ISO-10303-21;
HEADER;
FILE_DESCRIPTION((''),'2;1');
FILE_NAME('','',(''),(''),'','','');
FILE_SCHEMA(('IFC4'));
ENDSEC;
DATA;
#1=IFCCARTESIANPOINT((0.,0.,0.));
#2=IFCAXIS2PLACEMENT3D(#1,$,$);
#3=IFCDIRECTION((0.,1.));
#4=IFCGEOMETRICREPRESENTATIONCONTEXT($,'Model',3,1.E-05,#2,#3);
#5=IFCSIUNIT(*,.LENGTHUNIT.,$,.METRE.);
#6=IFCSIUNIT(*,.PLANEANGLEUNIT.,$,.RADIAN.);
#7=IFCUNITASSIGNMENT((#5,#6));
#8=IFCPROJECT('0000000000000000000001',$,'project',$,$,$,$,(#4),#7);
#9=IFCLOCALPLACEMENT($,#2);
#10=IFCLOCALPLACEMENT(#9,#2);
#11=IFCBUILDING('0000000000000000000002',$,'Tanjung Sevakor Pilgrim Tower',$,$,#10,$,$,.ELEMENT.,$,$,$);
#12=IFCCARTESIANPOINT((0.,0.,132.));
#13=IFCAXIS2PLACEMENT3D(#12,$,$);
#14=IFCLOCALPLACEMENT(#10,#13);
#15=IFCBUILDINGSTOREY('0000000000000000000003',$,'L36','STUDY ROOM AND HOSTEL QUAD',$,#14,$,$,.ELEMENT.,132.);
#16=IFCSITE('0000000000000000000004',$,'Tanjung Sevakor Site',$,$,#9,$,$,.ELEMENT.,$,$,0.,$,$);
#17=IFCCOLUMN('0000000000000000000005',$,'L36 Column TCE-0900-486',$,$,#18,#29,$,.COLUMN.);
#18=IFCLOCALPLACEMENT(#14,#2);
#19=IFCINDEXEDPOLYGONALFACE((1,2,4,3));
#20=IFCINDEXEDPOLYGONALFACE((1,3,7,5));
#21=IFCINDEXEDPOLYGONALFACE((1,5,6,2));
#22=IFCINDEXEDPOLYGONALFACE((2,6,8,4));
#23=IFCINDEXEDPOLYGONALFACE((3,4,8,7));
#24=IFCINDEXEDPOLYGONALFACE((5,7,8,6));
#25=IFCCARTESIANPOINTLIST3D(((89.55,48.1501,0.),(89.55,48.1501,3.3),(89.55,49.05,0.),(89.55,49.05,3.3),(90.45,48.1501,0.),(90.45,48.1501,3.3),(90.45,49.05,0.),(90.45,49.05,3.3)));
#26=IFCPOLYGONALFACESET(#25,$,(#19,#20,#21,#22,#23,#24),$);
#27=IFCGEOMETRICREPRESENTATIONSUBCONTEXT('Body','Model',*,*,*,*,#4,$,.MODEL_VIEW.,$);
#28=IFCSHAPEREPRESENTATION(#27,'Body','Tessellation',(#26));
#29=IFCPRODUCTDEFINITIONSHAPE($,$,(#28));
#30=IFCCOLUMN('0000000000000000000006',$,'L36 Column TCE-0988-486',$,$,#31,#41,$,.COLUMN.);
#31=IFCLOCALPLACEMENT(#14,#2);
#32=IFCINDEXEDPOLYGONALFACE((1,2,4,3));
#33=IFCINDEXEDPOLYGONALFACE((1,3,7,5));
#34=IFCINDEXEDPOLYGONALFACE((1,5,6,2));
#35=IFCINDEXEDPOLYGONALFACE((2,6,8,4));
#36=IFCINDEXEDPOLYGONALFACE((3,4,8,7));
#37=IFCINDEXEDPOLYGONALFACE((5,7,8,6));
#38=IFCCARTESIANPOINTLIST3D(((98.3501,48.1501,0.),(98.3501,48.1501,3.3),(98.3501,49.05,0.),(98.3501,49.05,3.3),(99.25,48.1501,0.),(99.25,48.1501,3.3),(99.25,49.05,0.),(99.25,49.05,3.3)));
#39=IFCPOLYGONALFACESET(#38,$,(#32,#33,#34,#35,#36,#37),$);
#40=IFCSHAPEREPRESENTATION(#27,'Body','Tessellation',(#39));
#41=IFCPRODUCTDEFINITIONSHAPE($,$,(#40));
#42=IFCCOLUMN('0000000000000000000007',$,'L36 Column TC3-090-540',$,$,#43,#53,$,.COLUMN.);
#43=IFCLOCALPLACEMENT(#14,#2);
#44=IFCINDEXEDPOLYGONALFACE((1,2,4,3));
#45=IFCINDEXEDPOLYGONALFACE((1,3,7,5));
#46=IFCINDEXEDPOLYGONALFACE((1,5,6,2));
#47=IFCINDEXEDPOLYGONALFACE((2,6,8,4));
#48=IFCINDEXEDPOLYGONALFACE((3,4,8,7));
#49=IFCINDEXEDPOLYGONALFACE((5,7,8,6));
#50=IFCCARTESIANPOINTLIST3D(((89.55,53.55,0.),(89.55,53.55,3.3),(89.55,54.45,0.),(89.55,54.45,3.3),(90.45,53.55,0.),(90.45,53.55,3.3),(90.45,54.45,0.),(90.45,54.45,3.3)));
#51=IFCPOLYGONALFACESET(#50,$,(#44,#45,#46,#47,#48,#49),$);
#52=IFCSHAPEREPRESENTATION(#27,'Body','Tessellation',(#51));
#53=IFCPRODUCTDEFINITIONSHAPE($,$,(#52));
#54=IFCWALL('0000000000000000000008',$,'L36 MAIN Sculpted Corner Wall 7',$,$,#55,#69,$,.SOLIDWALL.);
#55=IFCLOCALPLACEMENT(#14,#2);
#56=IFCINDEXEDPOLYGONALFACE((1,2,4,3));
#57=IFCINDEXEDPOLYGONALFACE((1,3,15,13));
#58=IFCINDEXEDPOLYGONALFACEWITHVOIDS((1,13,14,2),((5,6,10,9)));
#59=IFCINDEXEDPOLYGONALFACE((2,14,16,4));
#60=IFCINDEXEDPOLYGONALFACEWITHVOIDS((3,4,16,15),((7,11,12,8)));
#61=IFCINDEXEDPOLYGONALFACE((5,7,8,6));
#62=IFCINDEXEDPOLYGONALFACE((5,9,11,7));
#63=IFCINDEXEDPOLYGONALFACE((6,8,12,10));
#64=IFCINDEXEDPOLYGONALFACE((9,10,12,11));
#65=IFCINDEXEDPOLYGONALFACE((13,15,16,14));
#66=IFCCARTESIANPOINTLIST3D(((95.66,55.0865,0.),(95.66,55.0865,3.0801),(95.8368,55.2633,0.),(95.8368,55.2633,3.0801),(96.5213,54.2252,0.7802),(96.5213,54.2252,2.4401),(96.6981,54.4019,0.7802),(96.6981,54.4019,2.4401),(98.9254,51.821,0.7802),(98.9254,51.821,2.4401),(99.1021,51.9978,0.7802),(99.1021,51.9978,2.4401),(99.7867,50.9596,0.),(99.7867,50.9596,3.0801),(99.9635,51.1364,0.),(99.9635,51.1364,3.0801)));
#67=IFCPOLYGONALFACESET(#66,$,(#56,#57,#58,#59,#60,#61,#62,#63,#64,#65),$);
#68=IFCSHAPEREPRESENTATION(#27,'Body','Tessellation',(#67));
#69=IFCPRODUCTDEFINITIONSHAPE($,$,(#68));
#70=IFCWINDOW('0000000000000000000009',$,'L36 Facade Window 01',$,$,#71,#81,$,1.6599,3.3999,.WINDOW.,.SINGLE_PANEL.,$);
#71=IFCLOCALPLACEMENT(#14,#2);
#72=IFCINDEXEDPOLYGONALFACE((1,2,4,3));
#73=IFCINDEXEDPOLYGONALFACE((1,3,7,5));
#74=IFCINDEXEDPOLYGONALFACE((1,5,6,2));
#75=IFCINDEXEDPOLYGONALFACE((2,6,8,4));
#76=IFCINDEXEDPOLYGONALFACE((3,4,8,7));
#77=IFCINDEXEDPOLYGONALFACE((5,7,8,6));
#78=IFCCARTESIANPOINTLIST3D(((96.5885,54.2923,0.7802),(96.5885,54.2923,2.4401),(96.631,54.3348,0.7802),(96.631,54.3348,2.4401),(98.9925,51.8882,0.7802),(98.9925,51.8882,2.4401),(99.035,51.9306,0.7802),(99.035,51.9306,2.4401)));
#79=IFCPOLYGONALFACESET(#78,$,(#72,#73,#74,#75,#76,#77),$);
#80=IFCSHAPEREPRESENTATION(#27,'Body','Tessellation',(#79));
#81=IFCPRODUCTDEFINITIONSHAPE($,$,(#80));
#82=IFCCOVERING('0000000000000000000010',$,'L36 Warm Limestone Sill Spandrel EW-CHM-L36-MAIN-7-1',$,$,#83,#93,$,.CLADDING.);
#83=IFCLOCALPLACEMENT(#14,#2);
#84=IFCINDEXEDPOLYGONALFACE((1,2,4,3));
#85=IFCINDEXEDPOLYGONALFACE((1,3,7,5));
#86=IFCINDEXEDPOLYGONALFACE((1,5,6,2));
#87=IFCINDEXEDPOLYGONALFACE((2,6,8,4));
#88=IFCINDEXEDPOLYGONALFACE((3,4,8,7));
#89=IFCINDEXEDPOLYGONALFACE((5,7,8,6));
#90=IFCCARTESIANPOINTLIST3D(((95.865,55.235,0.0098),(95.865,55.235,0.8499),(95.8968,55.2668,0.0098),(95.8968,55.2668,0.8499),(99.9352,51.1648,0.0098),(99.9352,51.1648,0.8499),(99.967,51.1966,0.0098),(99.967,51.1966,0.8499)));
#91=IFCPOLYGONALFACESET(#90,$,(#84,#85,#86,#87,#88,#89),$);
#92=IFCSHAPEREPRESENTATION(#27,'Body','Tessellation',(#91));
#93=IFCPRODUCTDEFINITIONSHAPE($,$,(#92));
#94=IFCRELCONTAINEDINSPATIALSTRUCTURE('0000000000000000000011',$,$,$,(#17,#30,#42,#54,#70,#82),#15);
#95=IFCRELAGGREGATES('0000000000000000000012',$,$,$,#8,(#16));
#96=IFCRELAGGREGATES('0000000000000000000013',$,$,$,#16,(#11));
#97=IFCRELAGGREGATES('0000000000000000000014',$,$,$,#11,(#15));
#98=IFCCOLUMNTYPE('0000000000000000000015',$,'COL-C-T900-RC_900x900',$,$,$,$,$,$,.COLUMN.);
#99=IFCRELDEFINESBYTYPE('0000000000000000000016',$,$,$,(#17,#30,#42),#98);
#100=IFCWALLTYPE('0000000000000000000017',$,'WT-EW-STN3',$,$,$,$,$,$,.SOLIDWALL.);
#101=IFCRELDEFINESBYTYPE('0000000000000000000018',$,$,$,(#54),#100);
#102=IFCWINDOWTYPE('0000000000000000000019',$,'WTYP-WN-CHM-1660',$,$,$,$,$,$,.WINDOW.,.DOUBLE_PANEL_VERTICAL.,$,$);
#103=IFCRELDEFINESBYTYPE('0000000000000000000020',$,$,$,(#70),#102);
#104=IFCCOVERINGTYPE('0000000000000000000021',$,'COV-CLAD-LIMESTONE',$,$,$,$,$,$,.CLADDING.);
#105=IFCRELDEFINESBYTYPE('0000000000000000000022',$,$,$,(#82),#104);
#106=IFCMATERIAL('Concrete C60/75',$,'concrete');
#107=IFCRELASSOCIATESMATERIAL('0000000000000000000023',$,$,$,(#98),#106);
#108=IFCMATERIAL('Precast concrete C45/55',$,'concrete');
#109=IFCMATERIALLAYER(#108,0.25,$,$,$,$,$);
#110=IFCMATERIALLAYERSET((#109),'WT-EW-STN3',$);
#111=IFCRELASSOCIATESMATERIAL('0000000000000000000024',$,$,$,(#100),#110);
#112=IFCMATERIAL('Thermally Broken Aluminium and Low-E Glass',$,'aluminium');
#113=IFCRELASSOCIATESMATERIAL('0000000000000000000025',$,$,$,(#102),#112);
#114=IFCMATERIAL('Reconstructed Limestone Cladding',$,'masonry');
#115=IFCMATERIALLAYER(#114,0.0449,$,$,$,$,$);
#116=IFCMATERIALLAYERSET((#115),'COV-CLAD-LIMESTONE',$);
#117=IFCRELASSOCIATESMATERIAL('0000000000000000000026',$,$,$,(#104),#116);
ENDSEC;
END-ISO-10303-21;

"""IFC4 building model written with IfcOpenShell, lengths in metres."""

from ifc_helpers import new_model, si_unit, direction, frame, frame_2d, origin, origin_2d, place, context, subcontext, project, spatial, rectangle, extrude, material, layer, layer_set, material_profile, profile_set, type_object, element, fill, save


model = new_model("IFC4")

# Units and contexts
model_context = context("Model", 3, precision=1e-05, world=origin(), true_north=direction((0.0, 1.0)))
body_context = subcontext(model_context, "Body", "Model", "MODEL_VIEW")
ifc_project = project(units=[si_unit("LENGTHUNIT", "METRE"), si_unit("PLANEANGLEUNIT", "RADIAN")], contexts=[model_context])

# Site, building, storey
site_placement = place(None, origin())
site = spatial("IfcSite", under=ifc_project, at=site_placement, Name="Tanjung Sevakor Site", CompositionType="ELEMENT", RefElevation=0.0)
building_placement = place(site_placement, origin())
building = spatial("IfcBuilding", under=site, at=building_placement, Name="Tanjung Sevakor Pilgrim Tower", CompositionType="ELEMENT")
storey_placement = place(building_placement, frame((0.0, 0.0, 132.0)))
storey = spatial("IfcBuildingStorey", under=building, at=storey_placement, Name="L36", Description="STUDY ROOM AND HOSTEL QUAD", CompositionType="ELEMENT", Elevation=132.0)

# Columns
ifc_material_1 = material(Name="Concrete C60/75", Category="concrete")
ifc_material_profile = material_profile(ifc_material_1, rectangle(XDim=0.8999, YDim=0.8999, at=origin_2d()))
ifc_profile_set = profile_set([ifc_material_profile], Name="Concrete C60/75")
column_type = type_object("IfcColumnType", Name="COL-C-T900-RC_900x900", PredefinedType="COLUMN", material=ifc_profile_set)
for number, where, z_axis, x_axis, name in (
    (1, (90.0, 48.6001, 0.0), (0.0, 0.0, 1.0), (1.0, 0.0, 0.0), "L36 Column TCE-0900-486"),
    (2, (98.8, 48.6001, 0.0), (0.0, 0.0, 1.0), (1.0, 0.0, 0.0), "L36 Column TCE-0988-486"),
    (3, (90.0, 54.0, 0.0), (0.0, 0.0, 1.0), (1.0, 0.0, 0.0), "L36 Column TC3-090-540"),
):
    element("IfcColumn", number, at=place(storey_placement, frame(where, z_axis=z_axis, x_axis=x_axis)), inside=storey, type_object=column_type, Name=name, PredefinedType="COLUMN", context=body_context, shape_type="SweptSolid", body=[
        extrude(rectangle(XDim=0.8999, YDim=0.8999, at=origin_2d()), origin(), (0.0, 0.0, 1.0), 3.3),
    ])

# Wall, opening, window
ifc_material_2 = material(Name="Precast concrete C45/55", Category="concrete")
ifc_layer_1 = layer(ifc_material_2, 0.25)
ifc_layer_set_1 = layer_set([ifc_layer_1], Name="WT-EW-STN3")
wall_type = type_object("IfcWallType", Name="WT-EW-STN3", PredefinedType="SOLIDWALL", material=ifc_layer_set_1)
wall_1_placement = place(storey_placement, frame((99.875, 51.0481, 0.0), z_axis=(0.0, 0.0, 1.0), x_axis=(-0.707086, 0.707128, 0.0)))
wall_1 = element("IfcWall", 4, at=wall_1_placement, inside=storey, type_object=wall_type, Name="L36 MAIN Sculpted Corner Wall 7", PredefinedType="SOLIDWALL", context=body_context, shape_type="SweptSolid", body=[
    extrude(rectangle(XDim=5.8362, YDim=0.25, at=frame_2d((2.918, 0.0))), origin(), (0.0, 0.0, 1.0), 3.0801),
])
opening_1_placement = place(wall_1_placement, frame((1.218, 0.0, 0.78)))
opening_1 = element("IfcOpeningElement", 5, at=opening_1_placement, cuts=wall_1, PredefinedType="OPENING", context=body_context, shape_type="SweptSolid", body=[
    extrude(rectangle(XDim=3.3999, YDim=1.6599, at=frame_2d((1.7, 0.8301))), frame((0.0, 0.135, 0.0), z_axis=(0.0, -1.0, 0.0), x_axis=(1.0, 0.0, 0.0)), (0.0, 0.0, 1.0), 0.27),
])
ifc_material_3 = material(Name="Thermally Broken Aluminium and Low-E Glass", Category="aluminium")
window_type_1 = type_object("IfcWindowType", Name="WTYP-WN-CHM-1660", PartitioningType="DOUBLE_PANEL_VERTICAL", PredefinedType="WINDOW", material=ifc_material_3)
window_1_placement = place(opening_1_placement, origin())
window_1 = element("IfcWindow", 6, at=window_1_placement, inside=storey, type_object=window_type_1, Name="L36 Facade Window 01", OverallHeight=1.6599, OverallWidth=3.3999, PartitioningType="SINGLE_PANEL", PredefinedType="WINDOW", context=body_context, shape_type="SweptSolid", body=[
    extrude(rectangle(XDim=3.3999, YDim=1.6599, at=frame_2d((1.7, 0.8301))), frame((0.0, 0.03, 0.0), z_axis=(0.0, -1.0, 0.0), x_axis=(1.0, 0.0, 0.0)), (0.0, 0.0, 1.0), 0.0601),
])
fill(opening_1, window_1)

# Covering
ifc_material_4 = material(Name="Reconstructed Limestone Cladding", Category="masonry")
ifc_layer_2 = layer(ifc_material_4, 0.0449)
ifc_layer_set_2 = layer_set([ifc_layer_2], Name="COV-CLAD-LIMESTONE")
covering_type = type_object("IfcCoveringType", Name="COV-CLAD-LIMESTONE", PredefinedType="CLADDING", material=ifc_layer_set_2)
covering_placement = place(storey_placement, frame((97.916, 53.2158, 0.0098), z_axis=(0.0, 0.0, 1.0), x_axis=(-0.707107, 0.707107, 0.0)))
element("IfcCovering", 7, at=covering_placement, inside=storey, type_object=covering_type, Name="L36 Warm Limestone Sill Spandrel EW-CHM-L36-MAIN-7-1", PredefinedType="CLADDING", context=body_context, shape_type="SweptSolid", body=[
    extrude(rectangle(XDim=5.7561, YDim=0.0449, at=origin_2d()), origin(), (0.0, 0.0, 1.0), 0.8401),
])

save(model, "model.ifc")
